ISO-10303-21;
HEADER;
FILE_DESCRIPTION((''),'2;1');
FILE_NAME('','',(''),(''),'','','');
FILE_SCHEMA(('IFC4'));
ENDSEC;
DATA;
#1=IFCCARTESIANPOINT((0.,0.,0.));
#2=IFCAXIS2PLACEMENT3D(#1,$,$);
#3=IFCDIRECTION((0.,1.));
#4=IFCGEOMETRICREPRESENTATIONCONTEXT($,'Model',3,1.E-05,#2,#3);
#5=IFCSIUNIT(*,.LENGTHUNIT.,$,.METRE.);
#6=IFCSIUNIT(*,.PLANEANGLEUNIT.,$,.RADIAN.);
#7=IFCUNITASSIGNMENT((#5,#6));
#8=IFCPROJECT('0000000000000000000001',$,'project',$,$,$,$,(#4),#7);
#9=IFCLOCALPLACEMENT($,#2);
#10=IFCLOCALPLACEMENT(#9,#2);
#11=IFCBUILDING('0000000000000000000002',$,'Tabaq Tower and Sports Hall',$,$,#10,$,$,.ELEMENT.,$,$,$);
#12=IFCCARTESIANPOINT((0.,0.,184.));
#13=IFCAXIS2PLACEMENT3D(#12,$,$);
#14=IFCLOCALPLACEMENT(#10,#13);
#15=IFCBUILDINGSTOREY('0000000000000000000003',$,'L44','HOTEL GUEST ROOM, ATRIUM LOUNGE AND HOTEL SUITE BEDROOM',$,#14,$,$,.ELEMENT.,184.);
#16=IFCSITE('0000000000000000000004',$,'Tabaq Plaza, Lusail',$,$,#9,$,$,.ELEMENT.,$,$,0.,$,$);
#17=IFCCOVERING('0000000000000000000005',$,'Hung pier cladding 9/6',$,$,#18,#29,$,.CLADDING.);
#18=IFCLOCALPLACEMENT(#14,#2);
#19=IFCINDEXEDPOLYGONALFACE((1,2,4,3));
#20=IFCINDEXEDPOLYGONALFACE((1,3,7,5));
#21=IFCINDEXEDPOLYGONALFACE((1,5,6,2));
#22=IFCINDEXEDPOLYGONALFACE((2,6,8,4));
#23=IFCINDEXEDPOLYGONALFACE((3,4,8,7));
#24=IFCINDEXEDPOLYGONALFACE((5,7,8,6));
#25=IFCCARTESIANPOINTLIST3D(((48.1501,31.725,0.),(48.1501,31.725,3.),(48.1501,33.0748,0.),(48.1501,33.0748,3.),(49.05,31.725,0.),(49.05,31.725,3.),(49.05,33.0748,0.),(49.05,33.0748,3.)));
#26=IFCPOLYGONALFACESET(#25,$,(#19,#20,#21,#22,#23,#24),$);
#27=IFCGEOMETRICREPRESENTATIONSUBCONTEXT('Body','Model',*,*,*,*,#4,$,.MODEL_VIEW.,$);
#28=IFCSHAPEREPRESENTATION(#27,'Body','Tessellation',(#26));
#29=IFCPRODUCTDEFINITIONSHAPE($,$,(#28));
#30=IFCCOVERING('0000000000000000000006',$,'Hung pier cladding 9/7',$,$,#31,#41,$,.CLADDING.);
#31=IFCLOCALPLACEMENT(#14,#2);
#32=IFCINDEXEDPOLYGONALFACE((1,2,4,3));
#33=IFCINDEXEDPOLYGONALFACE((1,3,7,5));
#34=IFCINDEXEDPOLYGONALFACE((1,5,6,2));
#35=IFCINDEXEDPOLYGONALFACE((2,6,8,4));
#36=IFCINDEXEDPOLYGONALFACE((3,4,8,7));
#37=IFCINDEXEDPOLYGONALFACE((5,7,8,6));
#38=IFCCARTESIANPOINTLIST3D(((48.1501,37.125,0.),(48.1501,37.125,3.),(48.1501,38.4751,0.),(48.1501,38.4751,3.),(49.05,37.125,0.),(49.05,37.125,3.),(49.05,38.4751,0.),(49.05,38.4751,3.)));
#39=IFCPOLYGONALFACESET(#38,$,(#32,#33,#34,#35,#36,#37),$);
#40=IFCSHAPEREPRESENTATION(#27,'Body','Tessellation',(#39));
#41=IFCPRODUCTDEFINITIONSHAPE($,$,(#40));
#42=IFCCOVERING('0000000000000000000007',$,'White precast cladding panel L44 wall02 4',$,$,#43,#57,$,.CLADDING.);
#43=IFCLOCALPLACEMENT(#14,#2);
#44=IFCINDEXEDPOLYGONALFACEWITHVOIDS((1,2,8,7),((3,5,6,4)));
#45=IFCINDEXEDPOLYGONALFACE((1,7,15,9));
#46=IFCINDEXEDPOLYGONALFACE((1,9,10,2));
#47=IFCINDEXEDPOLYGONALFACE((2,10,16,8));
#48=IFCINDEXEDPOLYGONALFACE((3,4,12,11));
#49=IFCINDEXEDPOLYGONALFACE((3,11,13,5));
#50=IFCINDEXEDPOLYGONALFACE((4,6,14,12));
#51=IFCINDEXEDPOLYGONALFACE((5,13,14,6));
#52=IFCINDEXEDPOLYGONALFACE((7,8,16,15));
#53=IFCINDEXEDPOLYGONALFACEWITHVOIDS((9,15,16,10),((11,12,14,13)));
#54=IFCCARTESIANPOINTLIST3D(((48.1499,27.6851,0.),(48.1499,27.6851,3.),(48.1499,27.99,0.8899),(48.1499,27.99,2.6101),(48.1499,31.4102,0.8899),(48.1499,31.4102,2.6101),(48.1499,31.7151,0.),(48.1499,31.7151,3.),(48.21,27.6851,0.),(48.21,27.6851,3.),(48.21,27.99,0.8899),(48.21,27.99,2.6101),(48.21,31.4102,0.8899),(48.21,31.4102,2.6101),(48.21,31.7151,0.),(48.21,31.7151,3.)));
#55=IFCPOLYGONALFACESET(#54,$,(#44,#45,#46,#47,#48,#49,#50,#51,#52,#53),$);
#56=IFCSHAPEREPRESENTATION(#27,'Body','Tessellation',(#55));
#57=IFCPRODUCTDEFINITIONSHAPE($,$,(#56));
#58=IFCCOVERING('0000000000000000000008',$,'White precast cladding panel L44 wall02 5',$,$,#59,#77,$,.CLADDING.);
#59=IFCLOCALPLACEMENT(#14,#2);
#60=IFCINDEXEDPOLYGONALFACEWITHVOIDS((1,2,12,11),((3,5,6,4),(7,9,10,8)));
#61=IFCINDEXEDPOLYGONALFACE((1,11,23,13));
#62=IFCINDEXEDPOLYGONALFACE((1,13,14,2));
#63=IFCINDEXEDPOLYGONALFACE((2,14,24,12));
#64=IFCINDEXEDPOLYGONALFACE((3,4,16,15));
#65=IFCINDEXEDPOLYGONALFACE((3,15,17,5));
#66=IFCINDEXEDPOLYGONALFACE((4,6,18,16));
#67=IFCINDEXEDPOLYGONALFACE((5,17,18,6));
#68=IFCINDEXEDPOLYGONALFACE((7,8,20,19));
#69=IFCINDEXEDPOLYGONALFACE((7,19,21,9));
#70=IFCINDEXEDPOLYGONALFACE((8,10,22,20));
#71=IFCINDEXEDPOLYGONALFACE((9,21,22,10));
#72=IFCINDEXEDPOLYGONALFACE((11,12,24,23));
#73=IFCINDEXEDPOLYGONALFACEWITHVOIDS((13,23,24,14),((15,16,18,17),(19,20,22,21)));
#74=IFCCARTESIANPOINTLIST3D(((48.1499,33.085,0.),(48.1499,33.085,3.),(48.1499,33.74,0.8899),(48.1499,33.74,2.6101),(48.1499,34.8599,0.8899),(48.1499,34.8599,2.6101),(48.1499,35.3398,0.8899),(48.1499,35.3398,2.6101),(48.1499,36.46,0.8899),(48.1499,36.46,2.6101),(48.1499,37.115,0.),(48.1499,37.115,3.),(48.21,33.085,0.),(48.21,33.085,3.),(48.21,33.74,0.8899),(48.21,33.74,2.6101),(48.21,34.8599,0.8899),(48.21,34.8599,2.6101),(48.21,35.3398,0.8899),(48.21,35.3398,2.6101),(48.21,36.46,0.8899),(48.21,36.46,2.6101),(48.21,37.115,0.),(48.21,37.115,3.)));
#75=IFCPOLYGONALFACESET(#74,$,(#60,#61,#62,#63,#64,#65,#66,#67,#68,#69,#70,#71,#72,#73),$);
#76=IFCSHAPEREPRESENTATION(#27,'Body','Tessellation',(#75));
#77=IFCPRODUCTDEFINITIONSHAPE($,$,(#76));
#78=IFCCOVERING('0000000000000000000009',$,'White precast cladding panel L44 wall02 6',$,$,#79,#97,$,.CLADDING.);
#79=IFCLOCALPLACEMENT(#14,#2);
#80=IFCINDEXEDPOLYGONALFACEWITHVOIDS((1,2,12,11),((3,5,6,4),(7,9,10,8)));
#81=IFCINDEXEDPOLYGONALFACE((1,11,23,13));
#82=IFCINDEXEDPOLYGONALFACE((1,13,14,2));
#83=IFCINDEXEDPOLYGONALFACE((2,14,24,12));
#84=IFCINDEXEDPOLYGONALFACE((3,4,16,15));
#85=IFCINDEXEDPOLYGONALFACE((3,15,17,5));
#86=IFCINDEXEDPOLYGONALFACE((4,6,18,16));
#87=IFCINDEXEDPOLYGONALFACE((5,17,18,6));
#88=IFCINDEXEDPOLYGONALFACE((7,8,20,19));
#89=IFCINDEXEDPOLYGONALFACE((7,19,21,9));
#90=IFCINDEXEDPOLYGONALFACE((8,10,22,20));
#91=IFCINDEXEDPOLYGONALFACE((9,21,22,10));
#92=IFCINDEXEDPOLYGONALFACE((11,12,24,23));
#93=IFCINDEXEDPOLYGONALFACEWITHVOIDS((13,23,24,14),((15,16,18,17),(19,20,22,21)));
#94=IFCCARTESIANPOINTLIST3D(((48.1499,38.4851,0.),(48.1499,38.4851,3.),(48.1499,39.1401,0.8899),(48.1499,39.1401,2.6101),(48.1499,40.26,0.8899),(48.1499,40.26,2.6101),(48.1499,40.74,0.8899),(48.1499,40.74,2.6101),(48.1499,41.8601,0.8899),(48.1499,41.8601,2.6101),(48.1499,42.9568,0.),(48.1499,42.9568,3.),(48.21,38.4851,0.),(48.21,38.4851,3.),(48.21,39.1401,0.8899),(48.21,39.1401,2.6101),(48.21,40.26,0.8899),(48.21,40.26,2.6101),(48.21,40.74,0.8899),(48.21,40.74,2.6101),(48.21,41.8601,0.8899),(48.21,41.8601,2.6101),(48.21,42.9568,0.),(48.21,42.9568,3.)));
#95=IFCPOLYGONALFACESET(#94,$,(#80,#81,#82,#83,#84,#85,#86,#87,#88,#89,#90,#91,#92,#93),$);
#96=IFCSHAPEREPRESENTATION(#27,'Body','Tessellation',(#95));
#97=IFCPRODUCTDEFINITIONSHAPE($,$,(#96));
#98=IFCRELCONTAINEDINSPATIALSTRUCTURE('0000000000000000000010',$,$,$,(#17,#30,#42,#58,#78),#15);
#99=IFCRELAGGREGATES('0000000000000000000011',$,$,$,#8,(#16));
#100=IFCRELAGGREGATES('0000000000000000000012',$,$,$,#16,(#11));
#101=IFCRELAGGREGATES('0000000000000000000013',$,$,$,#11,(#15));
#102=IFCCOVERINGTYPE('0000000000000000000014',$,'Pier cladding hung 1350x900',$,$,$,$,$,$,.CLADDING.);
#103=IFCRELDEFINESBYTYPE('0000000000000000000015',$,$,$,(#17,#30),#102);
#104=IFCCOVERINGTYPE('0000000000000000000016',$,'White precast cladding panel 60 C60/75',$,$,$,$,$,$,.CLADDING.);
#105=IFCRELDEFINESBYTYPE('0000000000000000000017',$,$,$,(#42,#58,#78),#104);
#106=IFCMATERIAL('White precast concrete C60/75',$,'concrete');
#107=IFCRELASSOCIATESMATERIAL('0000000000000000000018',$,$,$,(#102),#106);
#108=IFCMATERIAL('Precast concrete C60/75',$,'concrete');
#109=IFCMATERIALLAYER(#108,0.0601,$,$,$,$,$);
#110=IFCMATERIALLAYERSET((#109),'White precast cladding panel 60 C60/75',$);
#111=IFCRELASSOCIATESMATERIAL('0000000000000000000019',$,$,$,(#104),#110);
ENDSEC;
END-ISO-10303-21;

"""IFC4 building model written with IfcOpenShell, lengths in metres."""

from ifc_helpers import new_model, si_unit, direction, frame, frame_2d, origin, place, context, subcontext, project, spatial, polyline, rectangle, outline, extrude, material, layer, layer_set, type_object, element, save


model = new_model("IFC4")

# Units and contexts
model_context = context("Model", 3, precision=1e-05, world=origin(), true_north=direction((0.0, 1.0)))
body_context = subcontext(model_context, "Body", "Model", "MODEL_VIEW")
ifc_project = project(units=[si_unit("LENGTHUNIT", "METRE"), si_unit("PLANEANGLEUNIT", "RADIAN")], contexts=[model_context])

# Site, building, storey
site_placement = place(None, origin())
site = spatial("IfcSite", under=ifc_project, at=site_placement, Name="Tabaq Plaza, Lusail", CompositionType="ELEMENT", RefElevation=0.0)
building_placement = place(site_placement, origin())
building = spatial("IfcBuilding", under=site, at=building_placement, Name="Tabaq Tower and Sports Hall", CompositionType="ELEMENT")
storey_placement = place(building_placement, frame((0.0, 0.0, 184.0)))
storey = spatial("IfcBuildingStorey", under=building, at=storey_placement, Name="L44", Description="HOTEL GUEST ROOM, ATRIUM LOUNGE AND HOTEL SUITE BEDROOM", CompositionType="ELEMENT", Elevation=184.0)

# Coverings
ifc_material_1 = material(Name="White precast concrete C60/75", Category="concrete")
covering_type_1 = type_object("IfcCoveringType", Name="Pier cladding hung 1350x900", PredefinedType="CLADDING", material=ifc_material_1)
covering_1_placement = place(storey_placement, frame((48.6001, 31.7251, 0.0), z_axis=(0.0, 0.0, 1.0), x_axis=(0.0, 1.0, 0.0)))
element("IfcCovering", 1, at=covering_1_placement, inside=storey, type_object=covering_type_1, Name="Hung pier cladding 9/6", PredefinedType="CLADDING", context=body_context, shape_type="SweptSolid", body=[
    extrude(rectangle(XDim=1.3499, YDim=0.8999, at=frame_2d((0.6748, 0.0))), origin(), (0.0, 0.0, 1.0), 3.0),
])
covering_2_placement = place(storey_placement, frame((48.6001, 37.125, 0.0), z_axis=(0.0, 0.0, 1.0), x_axis=(0.0, 1.0, 0.0)))
element("IfcCovering", 2, at=covering_2_placement, inside=storey, type_object=covering_type_1, Name="Hung pier cladding 9/7", PredefinedType="CLADDING", context=body_context, shape_type="SweptSolid", body=[
    extrude(rectangle(XDim=1.3501, YDim=0.8999, at=frame_2d((0.675, 0.0))), origin(), (0.0, 0.0, 1.0), 3.0),
])
ifc_material_2 = material(Name="Precast concrete C60/75", Category="concrete")
ifc_layer_1 = layer(ifc_material_2, 0.0601)
ifc_layer_set_1 = layer_set([ifc_layer_1], Name="White precast cladding panel 60 C60/75")
covering_type_2 = type_object("IfcCoveringType", Name="White precast cladding panel 60 C60/75", PredefinedType="CLADDING", material=ifc_layer_set_1)
covering_3_placement = place(storey_placement, frame((48.1799, 27.6851, 0.0), z_axis=(0.0, 0.0, 1.0), x_axis=(0.0, 1.0, 0.0)))
element("IfcCovering", 3, at=covering_3_placement, inside=storey, type_object=covering_type_2, Name="White precast cladding panel L44 wall02 4", PredefinedType="CLADDING", context=body_context, shape_type="SweptSolid", body=[
    extrude(outline(polyline([(0.0, 0.0), (4.03, 0.0), (4.03, 3.0), (0.0, 3.0), (0.0, 0.0)]), holes=[polyline([(0.3049, 0.8899), (0.3049, 2.6101), (3.7251, 2.6101), (3.7251, 0.8899), (0.3049, 0.8899)])]), frame((0.0, 0.03, 0.0), z_axis=(0.0, -1.0, 0.0), x_axis=(1.0, 0.0, 0.0)), (0.0, 0.0, 1.0), 0.0601),
])
covering_4_placement = place(storey_placement, frame((48.1799, 33.085, 0.0), z_axis=(0.0, 0.0, 1.0), x_axis=(0.0, 1.0, 0.0)))
element("IfcCovering", 4, at=covering_4_placement, inside=storey, type_object=covering_type_2, Name="White precast cladding panel L44 wall02 5", PredefinedType="CLADDING", context=body_context, shape_type="SweptSolid", body=[
    extrude(outline(polyline([(0.0, 0.0), (4.03, 0.0), (4.03, 3.0), (0.0, 3.0), (0.0, 0.0)]), holes=[polyline([(0.655, 2.6101), (1.7749, 2.6101), (1.7749, 0.8899), (0.655, 0.8899), (0.655, 2.6101)]), polyline([(2.2549, 2.6101), (3.375, 2.6101), (3.375, 0.8899), (2.2549, 0.8899), (2.2549, 2.6101)])]), frame((0.0, 0.03, 0.0), z_axis=(0.0, -1.0, 0.0), x_axis=(1.0, 0.0, 0.0)), (0.0, 0.0, 1.0), 0.0601),
])
covering_5_placement = place(storey_placement, frame((48.1799, 38.4851, 0.0), z_axis=(0.0, 0.0, 1.0), x_axis=(0.0, 1.0, 0.0)))
element("IfcCovering", 5, at=covering_5_placement, inside=storey, type_object=covering_type_2, Name="White precast cladding panel L44 wall02 6", PredefinedType="CLADDING", context=body_context, shape_type="SweptSolid", body=[
    extrude(outline(polyline([(0.0, 0.0), (4.4717, 0.0), (4.4717, 3.0), (0.0, 3.0), (0.0, 0.0)]), holes=[polyline([(0.655, 2.6101), (1.7749, 2.6101), (1.7749, 0.8899), (0.655, 0.8899), (0.655, 2.6101)]), polyline([(2.2549, 2.6101), (3.375, 2.6101), (3.375, 0.8899), (2.2549, 0.8899), (2.2549, 2.6101)])]), frame((0.0, 0.03, 0.0), z_axis=(0.0, -1.0, 0.0), x_axis=(1.0, 0.0, 0.0)), (0.0, 0.0, 1.0), 0.0601),
])

save(model, "model.ifc")
